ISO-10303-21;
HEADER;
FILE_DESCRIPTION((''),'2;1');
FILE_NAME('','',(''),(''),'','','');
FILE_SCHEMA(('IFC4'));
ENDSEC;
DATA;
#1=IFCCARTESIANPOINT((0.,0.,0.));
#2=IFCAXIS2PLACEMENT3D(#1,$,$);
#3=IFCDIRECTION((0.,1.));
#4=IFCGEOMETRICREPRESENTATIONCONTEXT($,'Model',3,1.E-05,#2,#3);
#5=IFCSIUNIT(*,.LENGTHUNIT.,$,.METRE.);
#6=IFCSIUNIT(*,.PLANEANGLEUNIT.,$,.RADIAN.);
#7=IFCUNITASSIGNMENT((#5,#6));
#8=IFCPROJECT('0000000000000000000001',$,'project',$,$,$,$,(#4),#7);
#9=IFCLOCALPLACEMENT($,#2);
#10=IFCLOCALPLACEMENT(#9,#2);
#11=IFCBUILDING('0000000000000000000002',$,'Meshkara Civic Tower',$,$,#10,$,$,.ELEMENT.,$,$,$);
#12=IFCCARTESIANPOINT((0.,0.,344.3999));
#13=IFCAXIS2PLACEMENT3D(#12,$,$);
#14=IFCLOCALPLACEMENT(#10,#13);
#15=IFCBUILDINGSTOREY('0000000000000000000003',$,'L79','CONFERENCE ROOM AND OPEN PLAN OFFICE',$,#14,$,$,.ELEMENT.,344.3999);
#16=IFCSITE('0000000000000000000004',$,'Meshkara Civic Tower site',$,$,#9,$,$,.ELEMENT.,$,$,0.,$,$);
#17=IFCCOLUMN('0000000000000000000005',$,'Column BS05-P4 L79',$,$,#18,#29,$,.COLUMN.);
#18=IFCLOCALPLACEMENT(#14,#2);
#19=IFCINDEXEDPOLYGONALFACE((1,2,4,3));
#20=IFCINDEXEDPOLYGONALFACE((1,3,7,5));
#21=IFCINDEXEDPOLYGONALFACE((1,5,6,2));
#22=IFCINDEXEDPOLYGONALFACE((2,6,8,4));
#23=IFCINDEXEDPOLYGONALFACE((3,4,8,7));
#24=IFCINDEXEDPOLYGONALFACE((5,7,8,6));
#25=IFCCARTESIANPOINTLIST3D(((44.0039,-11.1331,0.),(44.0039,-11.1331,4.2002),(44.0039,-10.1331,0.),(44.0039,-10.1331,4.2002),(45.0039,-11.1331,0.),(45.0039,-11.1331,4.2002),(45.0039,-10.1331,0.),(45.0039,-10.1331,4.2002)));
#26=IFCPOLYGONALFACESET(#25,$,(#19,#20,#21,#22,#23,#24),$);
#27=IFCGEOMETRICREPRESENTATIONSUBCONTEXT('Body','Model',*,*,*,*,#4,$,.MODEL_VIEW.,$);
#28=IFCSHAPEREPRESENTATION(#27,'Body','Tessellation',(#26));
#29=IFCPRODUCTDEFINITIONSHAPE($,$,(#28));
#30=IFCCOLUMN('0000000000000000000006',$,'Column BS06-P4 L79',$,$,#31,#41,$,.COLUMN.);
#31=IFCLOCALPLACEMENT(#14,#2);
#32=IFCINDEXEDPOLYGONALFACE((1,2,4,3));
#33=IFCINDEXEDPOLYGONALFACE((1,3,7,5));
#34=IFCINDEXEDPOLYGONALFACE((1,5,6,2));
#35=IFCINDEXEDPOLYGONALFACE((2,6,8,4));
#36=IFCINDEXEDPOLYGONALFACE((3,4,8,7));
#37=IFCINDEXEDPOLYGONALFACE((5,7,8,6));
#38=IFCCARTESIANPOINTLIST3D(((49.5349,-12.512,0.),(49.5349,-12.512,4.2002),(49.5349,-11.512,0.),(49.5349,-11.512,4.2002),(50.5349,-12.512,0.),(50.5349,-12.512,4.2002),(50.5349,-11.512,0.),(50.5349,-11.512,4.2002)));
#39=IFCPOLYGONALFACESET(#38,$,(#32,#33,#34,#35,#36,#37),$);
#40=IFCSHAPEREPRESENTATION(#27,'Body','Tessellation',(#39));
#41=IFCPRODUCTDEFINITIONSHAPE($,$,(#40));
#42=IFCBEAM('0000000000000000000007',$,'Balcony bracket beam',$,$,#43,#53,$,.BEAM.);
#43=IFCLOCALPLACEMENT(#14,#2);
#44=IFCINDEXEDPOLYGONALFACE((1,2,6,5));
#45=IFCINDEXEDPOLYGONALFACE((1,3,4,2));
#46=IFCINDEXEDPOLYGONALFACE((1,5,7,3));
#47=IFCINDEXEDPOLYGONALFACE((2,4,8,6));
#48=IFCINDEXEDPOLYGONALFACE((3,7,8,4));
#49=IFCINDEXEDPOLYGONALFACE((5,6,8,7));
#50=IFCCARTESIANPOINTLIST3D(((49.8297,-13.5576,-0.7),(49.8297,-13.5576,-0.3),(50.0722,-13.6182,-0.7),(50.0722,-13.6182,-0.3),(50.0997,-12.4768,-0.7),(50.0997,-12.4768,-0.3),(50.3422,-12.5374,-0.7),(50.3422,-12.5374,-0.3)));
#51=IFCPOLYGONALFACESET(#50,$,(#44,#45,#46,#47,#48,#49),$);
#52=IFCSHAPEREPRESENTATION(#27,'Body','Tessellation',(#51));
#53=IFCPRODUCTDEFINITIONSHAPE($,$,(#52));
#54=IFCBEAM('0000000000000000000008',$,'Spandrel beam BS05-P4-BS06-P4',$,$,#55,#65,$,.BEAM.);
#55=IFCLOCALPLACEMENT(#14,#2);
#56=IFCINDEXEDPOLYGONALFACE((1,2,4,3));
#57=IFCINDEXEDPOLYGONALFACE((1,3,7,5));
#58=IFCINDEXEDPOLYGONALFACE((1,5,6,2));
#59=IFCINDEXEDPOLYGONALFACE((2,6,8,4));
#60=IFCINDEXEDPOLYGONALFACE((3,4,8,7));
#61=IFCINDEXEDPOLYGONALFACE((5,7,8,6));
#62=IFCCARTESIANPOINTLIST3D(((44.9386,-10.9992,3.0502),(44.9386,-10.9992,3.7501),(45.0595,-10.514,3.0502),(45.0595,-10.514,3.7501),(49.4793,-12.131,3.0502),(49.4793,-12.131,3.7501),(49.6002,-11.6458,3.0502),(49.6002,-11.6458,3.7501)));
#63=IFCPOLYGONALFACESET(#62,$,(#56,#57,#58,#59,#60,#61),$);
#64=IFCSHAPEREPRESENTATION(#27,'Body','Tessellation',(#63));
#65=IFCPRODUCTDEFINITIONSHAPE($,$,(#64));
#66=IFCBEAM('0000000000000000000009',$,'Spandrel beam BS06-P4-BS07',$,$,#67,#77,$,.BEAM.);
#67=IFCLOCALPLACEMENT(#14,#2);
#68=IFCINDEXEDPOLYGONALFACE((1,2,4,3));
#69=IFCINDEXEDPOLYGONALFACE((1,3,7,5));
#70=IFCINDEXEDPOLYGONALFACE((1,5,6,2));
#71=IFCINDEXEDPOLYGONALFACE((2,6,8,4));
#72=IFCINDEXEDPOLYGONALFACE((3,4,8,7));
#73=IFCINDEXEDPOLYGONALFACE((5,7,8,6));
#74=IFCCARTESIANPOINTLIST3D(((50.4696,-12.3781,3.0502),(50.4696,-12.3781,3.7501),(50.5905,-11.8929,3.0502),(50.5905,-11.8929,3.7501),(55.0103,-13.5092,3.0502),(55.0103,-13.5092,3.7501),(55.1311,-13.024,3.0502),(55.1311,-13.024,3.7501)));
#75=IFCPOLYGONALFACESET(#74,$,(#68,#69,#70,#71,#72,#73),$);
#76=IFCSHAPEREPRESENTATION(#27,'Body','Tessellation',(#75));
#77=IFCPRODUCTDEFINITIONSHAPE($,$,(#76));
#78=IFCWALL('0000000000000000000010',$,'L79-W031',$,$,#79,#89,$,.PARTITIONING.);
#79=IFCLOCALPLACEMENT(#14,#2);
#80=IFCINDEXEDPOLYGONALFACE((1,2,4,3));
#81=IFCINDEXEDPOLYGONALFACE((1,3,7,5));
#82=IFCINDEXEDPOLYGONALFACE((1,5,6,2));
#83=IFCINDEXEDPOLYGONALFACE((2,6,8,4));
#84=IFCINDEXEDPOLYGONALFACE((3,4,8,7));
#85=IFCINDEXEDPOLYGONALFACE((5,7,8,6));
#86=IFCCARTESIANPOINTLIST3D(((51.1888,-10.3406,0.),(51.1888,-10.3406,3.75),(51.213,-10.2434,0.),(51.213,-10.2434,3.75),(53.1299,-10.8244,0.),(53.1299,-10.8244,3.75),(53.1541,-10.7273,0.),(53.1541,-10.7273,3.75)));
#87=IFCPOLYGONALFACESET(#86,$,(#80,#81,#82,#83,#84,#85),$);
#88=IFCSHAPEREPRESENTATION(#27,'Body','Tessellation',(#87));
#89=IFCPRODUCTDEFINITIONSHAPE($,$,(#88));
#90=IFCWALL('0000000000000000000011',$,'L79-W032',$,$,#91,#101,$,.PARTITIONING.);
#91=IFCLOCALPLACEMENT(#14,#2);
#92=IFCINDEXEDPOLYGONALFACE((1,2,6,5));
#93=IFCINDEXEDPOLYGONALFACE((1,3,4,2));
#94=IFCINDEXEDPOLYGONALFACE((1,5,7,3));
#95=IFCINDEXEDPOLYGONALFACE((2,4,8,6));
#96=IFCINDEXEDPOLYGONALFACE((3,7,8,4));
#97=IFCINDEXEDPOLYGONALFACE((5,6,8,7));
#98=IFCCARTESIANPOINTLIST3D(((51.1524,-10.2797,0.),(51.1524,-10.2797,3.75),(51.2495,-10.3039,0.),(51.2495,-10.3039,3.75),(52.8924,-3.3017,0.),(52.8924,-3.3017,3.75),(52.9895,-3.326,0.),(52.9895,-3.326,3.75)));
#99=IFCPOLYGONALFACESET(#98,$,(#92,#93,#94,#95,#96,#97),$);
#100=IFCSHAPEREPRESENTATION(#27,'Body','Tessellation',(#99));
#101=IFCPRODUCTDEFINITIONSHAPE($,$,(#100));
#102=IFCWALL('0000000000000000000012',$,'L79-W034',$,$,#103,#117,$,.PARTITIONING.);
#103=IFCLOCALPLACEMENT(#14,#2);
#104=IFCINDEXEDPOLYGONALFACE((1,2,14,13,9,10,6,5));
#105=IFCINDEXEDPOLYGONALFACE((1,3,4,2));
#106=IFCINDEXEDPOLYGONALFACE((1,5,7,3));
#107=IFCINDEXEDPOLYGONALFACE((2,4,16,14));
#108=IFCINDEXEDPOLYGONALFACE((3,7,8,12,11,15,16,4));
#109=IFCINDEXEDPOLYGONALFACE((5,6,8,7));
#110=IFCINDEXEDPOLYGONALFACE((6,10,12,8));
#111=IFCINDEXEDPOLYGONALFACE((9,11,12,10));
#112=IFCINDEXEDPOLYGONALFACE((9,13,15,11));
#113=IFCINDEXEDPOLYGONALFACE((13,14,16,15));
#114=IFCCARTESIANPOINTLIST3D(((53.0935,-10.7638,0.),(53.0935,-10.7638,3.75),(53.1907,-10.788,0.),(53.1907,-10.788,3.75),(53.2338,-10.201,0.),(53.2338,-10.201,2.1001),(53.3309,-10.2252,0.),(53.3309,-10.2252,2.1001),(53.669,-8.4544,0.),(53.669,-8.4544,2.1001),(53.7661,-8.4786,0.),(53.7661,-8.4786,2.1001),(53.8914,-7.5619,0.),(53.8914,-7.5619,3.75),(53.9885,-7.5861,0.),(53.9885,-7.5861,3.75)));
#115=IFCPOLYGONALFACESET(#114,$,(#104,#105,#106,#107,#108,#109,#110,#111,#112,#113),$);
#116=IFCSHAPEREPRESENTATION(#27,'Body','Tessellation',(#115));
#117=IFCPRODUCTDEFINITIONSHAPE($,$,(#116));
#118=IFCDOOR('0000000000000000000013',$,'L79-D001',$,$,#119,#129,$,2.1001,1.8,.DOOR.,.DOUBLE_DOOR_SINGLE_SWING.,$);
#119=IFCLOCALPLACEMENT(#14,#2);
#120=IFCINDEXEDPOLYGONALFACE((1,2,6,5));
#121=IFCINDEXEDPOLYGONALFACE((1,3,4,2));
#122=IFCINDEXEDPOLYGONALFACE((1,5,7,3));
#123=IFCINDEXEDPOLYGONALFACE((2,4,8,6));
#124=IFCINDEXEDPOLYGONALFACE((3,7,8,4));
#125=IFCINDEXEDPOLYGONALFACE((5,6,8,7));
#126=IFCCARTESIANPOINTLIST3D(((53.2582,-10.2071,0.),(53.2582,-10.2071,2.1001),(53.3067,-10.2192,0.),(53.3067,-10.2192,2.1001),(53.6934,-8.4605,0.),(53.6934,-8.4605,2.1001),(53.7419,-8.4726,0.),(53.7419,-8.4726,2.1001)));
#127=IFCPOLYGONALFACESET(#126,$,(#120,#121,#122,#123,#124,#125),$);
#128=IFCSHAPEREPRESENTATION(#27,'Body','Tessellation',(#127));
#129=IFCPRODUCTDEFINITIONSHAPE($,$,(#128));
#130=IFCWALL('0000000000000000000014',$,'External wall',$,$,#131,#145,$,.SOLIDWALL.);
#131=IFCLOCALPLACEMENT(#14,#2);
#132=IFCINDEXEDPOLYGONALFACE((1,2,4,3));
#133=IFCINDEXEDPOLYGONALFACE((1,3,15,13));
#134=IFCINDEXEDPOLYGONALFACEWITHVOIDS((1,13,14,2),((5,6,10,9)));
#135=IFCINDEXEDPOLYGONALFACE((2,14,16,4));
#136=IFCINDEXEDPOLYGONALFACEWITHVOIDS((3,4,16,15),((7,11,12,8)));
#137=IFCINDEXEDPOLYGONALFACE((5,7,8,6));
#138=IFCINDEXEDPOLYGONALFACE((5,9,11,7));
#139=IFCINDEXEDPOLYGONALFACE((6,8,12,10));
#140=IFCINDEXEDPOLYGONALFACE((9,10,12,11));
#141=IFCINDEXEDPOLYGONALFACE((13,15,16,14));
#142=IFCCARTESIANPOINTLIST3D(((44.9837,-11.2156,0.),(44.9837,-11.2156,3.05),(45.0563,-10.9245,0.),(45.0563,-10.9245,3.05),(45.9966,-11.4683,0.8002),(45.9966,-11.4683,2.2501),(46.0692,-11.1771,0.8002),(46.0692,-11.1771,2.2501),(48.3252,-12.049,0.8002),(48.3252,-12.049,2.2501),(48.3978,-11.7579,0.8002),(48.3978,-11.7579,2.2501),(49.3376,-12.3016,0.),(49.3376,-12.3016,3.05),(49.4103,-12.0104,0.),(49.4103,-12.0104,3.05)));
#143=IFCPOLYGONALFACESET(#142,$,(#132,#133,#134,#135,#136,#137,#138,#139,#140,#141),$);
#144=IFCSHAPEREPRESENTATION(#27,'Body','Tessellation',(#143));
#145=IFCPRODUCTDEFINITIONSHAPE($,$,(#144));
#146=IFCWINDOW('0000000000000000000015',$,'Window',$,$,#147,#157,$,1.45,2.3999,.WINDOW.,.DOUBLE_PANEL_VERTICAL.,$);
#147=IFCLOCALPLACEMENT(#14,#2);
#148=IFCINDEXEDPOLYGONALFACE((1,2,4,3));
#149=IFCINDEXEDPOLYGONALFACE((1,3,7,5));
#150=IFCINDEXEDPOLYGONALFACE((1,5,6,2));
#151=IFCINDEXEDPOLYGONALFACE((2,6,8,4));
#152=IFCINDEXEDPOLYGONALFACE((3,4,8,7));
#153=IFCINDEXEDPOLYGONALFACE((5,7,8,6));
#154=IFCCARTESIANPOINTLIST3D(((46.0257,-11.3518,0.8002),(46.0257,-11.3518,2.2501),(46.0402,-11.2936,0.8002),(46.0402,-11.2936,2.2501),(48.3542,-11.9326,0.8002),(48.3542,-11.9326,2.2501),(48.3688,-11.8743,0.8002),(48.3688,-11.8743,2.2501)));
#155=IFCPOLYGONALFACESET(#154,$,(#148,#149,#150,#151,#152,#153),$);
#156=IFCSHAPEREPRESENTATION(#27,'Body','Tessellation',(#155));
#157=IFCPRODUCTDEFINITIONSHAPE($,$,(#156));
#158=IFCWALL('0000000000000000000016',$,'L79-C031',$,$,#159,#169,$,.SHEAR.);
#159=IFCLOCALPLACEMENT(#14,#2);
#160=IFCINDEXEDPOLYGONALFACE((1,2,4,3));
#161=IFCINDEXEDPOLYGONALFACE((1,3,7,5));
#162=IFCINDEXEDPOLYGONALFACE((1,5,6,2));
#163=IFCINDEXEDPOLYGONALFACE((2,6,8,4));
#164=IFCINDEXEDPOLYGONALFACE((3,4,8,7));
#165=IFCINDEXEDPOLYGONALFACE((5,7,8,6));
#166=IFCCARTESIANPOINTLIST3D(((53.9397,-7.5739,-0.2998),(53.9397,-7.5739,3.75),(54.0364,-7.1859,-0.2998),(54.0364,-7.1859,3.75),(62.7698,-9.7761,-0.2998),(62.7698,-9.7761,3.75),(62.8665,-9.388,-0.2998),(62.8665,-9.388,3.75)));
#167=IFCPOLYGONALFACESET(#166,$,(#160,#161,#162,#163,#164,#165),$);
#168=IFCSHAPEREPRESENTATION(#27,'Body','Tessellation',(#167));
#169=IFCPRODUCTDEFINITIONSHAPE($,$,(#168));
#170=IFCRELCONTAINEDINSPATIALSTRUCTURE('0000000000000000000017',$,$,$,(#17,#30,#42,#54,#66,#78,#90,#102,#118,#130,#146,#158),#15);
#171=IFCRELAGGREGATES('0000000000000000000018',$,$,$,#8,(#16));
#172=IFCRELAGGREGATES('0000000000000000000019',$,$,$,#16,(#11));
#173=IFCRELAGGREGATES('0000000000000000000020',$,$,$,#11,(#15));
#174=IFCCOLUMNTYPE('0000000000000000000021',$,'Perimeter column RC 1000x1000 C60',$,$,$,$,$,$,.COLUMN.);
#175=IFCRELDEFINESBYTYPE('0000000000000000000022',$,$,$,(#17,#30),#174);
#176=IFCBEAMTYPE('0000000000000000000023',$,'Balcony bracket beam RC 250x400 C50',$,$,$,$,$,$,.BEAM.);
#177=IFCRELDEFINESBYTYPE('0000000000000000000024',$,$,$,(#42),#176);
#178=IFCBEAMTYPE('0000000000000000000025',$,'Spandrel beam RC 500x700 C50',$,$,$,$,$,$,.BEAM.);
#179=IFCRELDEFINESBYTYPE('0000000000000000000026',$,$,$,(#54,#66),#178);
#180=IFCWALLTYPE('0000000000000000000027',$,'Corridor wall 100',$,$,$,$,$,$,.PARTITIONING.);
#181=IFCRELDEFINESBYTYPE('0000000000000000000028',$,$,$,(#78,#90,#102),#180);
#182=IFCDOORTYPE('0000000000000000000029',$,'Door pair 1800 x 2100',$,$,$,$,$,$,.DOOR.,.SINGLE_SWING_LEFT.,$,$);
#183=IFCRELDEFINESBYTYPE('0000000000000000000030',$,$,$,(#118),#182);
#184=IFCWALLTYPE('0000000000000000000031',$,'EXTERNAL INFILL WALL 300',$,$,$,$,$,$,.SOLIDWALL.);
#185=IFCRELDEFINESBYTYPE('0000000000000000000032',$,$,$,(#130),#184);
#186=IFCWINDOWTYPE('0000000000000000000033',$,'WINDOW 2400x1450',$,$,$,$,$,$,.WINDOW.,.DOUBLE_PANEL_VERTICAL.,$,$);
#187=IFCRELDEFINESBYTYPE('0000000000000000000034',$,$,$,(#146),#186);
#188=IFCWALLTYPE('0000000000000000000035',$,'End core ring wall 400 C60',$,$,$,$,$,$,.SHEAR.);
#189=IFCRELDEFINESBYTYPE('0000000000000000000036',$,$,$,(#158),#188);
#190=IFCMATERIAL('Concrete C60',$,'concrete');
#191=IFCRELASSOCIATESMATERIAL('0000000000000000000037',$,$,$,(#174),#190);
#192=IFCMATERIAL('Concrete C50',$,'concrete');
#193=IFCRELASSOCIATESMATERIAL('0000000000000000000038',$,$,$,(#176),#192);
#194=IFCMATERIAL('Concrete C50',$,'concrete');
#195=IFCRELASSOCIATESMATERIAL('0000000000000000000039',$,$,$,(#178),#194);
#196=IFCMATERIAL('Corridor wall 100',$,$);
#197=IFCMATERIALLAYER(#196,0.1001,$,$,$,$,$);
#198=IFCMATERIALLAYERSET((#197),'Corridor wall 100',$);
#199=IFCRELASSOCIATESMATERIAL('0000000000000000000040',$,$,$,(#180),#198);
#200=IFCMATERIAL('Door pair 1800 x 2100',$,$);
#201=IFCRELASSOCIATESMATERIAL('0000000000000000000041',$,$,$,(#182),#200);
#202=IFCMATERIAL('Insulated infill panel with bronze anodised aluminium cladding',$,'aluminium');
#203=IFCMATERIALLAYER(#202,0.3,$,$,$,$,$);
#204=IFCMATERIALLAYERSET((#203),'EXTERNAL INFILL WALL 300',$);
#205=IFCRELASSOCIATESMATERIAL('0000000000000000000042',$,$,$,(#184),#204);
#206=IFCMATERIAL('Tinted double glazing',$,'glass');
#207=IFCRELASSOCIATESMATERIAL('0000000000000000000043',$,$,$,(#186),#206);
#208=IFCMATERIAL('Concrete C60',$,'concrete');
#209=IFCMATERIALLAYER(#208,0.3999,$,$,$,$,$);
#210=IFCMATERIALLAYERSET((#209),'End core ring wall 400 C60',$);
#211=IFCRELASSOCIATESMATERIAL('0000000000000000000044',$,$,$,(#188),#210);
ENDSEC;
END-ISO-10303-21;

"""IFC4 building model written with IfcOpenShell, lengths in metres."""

from ifc_helpers import new_model, si_unit, direction, frame, frame_2d, origin, origin_2d, place, context, subcontext, project, spatial, rectangle, extrude, material, layer, layer_set, material_profile, profile_set, type_object, element, fill, save


model = new_model("IFC4")

# Units and contexts
model_context = context("Model", 3, precision=1e-05, world=origin(), true_north=direction((0.0, 1.0)))
body_context = subcontext(model_context, "Body", "Model", "MODEL_VIEW")
ifc_project = project(units=[si_unit("LENGTHUNIT", "METRE"), si_unit("PLANEANGLEUNIT", "RADIAN")], contexts=[model_context])

# Site, building, storey
site_placement = place(None, origin())
site = spatial("IfcSite", under=ifc_project, at=site_placement, Name="Meshkara Civic Tower site", CompositionType="ELEMENT", RefElevation=0.0)
building_placement = place(site_placement, origin())
building = spatial("IfcBuilding", under=site, at=building_placement, Name="Meshkara Civic Tower", CompositionType="ELEMENT")
storey_placement = place(building_placement, frame((0.0, 0.0, 344.3999)))
storey = spatial("IfcBuildingStorey", under=building, at=storey_placement, Name="L79", Description="CONFERENCE ROOM AND OPEN PLAN OFFICE", CompositionType="ELEMENT", Elevation=344.3999)

# Columns
ifc_material_1 = material(Name="Concrete C60", Category="concrete")
ifc_material_profile_1 = material_profile(ifc_material_1, rectangle(XDim=1.0, YDim=1.0, at=origin_2d()))
ifc_profile_set_1 = profile_set([ifc_material_profile_1], Name="Concrete C60")
column_type = type_object("IfcColumnType", Name="Perimeter column RC 1000x1000 C60", PredefinedType="COLUMN", material=ifc_profile_set_1)
for number, where, z_axis, x_axis, name in (
    (1, (44.5039, -10.6331, 0.0), (0.0, 0.0, 1.0), (1.0, 0.0, 0.0), "Column BS05-P4 L79"),
    (2, (50.0349, -12.012, 0.0), (0.0, 0.0, 1.0), (1.0, 0.0, 0.0), "Column BS06-P4 L79"),
):
    element("IfcColumn", number, at=place(storey_placement, frame(where, z_axis=z_axis, x_axis=x_axis)), inside=storey, type_object=column_type, Name=name, PredefinedType="COLUMN", context=body_context, shape_type="SweptSolid", body=[
        extrude(rectangle(XDim=1.0, YDim=1.0, at=origin_2d()), origin(), (0.0, 0.0, 1.0), 4.2002),
    ])

# Beams
ifc_material_2 = material(Name="Concrete C50", Category="concrete")
ifc_material_profile_2 = material_profile(ifc_material_2, rectangle(XDim=0.25, YDim=0.3999, at=origin_2d()))
ifc_profile_set_2 = profile_set([ifc_material_profile_2], Name="Concrete C50")
beam_type_1 = type_object("IfcBeamType", Name="Balcony bracket beam RC 250x400 C50", PredefinedType="BEAM", material=ifc_profile_set_2)
beam_1_placement = place(storey_placement, frame((50.2209, -12.5071, -0.5), z_axis=(-0.242381, -0.970181, 0.0), x_axis=(0.970181, -0.242381, 0.0)))
element("IfcBeam", 3, at=beam_1_placement, inside=storey, type_object=beam_type_1, Name="Balcony bracket beam", PredefinedType="BEAM", context=body_context, shape_type="SweptSolid", body=[
    extrude(rectangle(XDim=0.25, YDim=0.3999, at=origin_2d()), origin(), (0.0, 0.0, 1.0), 1.114),
])
ifc_material_3 = material(Name="Concrete C50", Category="concrete")
ifc_material_profile_3 = material_profile(ifc_material_3, rectangle(XDim=0.5, YDim=0.7, at=origin_2d()))
ifc_profile_set_3 = profile_set([ifc_material_profile_3], Name="Concrete C50")
beam_type_2 = type_object("IfcBeamType", Name="Spandrel beam RC 500x700 C50", PredefinedType="BEAM", material=ifc_profile_set_3)
beam_2_placement = place(storey_placement, frame((44.999, -10.7566, 3.4001), z_axis=(0.970311, -0.24186, 0.0), x_axis=(0.24186, 0.970311, 0.0)))
element("IfcBeam", 4, at=beam_2_placement, inside=storey, type_object=beam_type_2, Name="Spandrel beam BS05-P4-BS06-P4", PredefinedType="BEAM", context=body_context, shape_type="SweptSolid", body=[
    extrude(rectangle(XDim=0.5, YDim=0.7, at=origin_2d()), origin(), (0.0, 0.0, 1.0), 4.6797),
])
beam_3_placement = place(storey_placement, frame((50.53, -12.1355, 3.4001), z_axis=(0.970348, -0.241713, 0.0), x_axis=(0.241713, 0.970348, 0.0)))
element("IfcBeam", 5, at=beam_3_placement, inside=storey, type_object=beam_type_2, Name="Spandrel beam BS06-P4-BS07", PredefinedType="BEAM", context=body_context, shape_type="SweptSolid", body=[
    extrude(rectangle(XDim=0.5, YDim=0.7, at=origin_2d()), origin(), (0.0, 0.0, 1.0), 4.6794),
])

# Walls
ifc_material_4 = material(Name="Corridor wall 100")
ifc_layer_1 = layer(ifc_material_4, 0.1001)
ifc_layer_set_1 = layer_set([ifc_layer_1], Name="Corridor wall 100")
wall_type_1 = type_object("IfcWallType", Name="Corridor wall 100", PredefinedType="PARTITIONING", material=ifc_layer_set_1)
wall_1_placement = place(storey_placement, frame((51.2009, -10.292, 0.0), z_axis=(0.0, 0.0, 1.0), x_axis=(0.970307, -0.241875, 0.0)))
element("IfcWall", 6, at=wall_1_placement, inside=storey, type_object=wall_type_1, Name="L79-W031", PredefinedType="PARTITIONING", context=body_context, shape_type="SweptSolid", body=[
    extrude(rectangle(XDim=2.0005, YDim=0.1001, at=frame_2d((1.0002, 0.0))), origin(), (0.0, 0.0, 1.0), 3.75),
])
wall_2_placement = place(storey_placement, frame((52.9409, -3.314, 0.0), z_axis=(0.0, 0.0, 1.0), x_axis=(-0.241944, -0.97029, 0.0)))
element("IfcWall", 7, at=wall_2_placement, inside=storey, type_object=wall_type_1, Name="L79-W032", PredefinedType="PARTITIONING", context=body_context, shape_type="SweptSolid", body=[
    extrude(rectangle(XDim=7.1917, YDim=0.1001, at=frame_2d((3.5957, 0.0))), origin(), (0.0, 0.0, 1.0), 3.75),
])

# Wall, opening, door
wall_3_placement = place(storey_placement, frame((53.1421, -10.7759, 0.0), z_axis=(0.0, 0.0, 1.0), x_axis=(0.241787, 0.970329, 0.0)))
wall_3 = element("IfcWall", 8, at=wall_3_placement, inside=storey, type_object=wall_type_1, Name="L79-W034", PredefinedType="PARTITIONING", context=body_context, shape_type="SweptSolid", body=[
    extrude(rectangle(XDim=3.2998, YDim=0.1001, at=frame_2d((1.6499, 0.0))), origin(), (0.0, 0.0, 1.0), 3.75),
])
opening_1_placement = place(wall_3_placement, frame((0.5801, 0.0, 0.0)))
opening_1 = element("IfcOpeningElement", 9, at=opening_1_placement, cuts=wall_3, PredefinedType="OPENING", context=body_context, shape_type="SweptSolid", body=[
    extrude(rectangle(XDim=1.8, YDim=2.1001, at=frame_2d((0.8999, 1.05))), frame((0.0, 0.0601, 0.0), z_axis=(0.0, -1.0, 0.0), x_axis=(1.0, 0.0, 0.0)), (0.0, 0.0, 1.0), 0.1201),
])
ifc_material_5 = material(Name="Door pair 1800 x 2100")
door_type_1 = type_object("IfcDoorType", Name="Door pair 1800 x 2100", OperationType="SINGLE_SWING_LEFT", PredefinedType="DOOR", material=ifc_material_5)
door_1_placement = place(opening_1_placement, origin())
door_1 = element("IfcDoor", 10, at=door_1_placement, inside=storey, type_object=door_type_1, Name="L79-D001", OperationType="DOUBLE_DOOR_SINGLE_SWING", OverallHeight=2.1001, OverallWidth=1.8, PredefinedType="DOOR", context=body_context, shape_type="SweptSolid", body=[
    extrude(rectangle(XDim=1.8, YDim=2.1001, at=frame_2d((0.8999, 1.05))), frame((0.0, 0.0249, 0.0), z_axis=(0.0, -1.0, 0.0), x_axis=(1.0, 0.0, 0.0)), (0.0, 0.0, 1.0), 0.05),
])
fill(opening_1, door_1)

# Wall, opening, window
ifc_material_6 = material(Name="Insulated infill panel with bronze anodised aluminium cladding", Category="aluminium")
ifc_layer_2 = layer(ifc_material_6, 0.3)
ifc_layer_set_2 = layer_set([ifc_layer_2], Name="EXTERNAL INFILL WALL 300")
wall_type_2 = type_object("IfcWallType", Name="EXTERNAL INFILL WALL 300", PredefinedType="SOLIDWALL", material=ifc_layer_set_2)
wall_4_placement = place(storey_placement, frame((45.02, -11.0701, 0.0), z_axis=(0.0, 0.0, 1.0), x_axis=(0.970277, -0.241998, 0.0)))
wall_4 = element("IfcWall", 11, at=wall_4_placement, inside=storey, type_object=wall_type_2, Name="External wall", PredefinedType="SOLIDWALL", context=body_context, shape_type="SweptSolid", body=[
    extrude(rectangle(XDim=4.4873, YDim=0.3, at=frame_2d((2.2437, 0.0))), origin(), (0.0, 0.0, 1.0), 3.05),
])
opening_2_placement = place(wall_4_placement, frame((1.0439, 0.0, 0.8)))
opening_2 = element("IfcOpeningElement", 12, at=opening_2_placement, cuts=wall_4, PredefinedType="OPENING", context=body_context, shape_type="SweptSolid", body=[
    extrude(rectangle(XDim=2.3999, YDim=1.45, at=frame_2d((1.2, 0.7251))), frame((0.0, 0.1599, 0.0), z_axis=(0.0, -1.0, 0.0), x_axis=(1.0, 0.0, 0.0)), (0.0, 0.0, 1.0), 0.3201),
])
ifc_material_7 = material(Name="Tinted double glazing", Category="glass")
window_type = type_object("IfcWindowType", Name="WINDOW 2400x1450", PartitioningType="DOUBLE_PANEL_VERTICAL", PredefinedType="WINDOW", material=ifc_material_7)
window_placement = place(opening_2_placement, origin())
window = element("IfcWindow", 13, at=window_placement, inside=storey, type_object=window_type, Name="Window", OverallHeight=1.45, OverallWidth=2.3999, PartitioningType="DOUBLE_PANEL_VERTICAL", PredefinedType="WINDOW", context=body_context, shape_type="SweptSolid", body=[
    extrude(rectangle(XDim=2.3999, YDim=1.45, at=frame_2d((1.2, 0.7251))), frame((0.0, 0.03, 0.0), z_axis=(0.0, -1.0, 0.0), x_axis=(1.0, 0.0, 0.0)), (0.0, 0.0, 1.0), 0.0601),
])
fill(opening_2, window)

# Wall
ifc_material_8 = material(Name="Concrete C60", Category="concrete")
ifc_layer_3 = layer(ifc_material_8, 0.3999)
ifc_layer_set_3 = layer_set([ifc_layer_3], Name="End core ring wall 400 C60")
wall_type_3 = type_object("IfcWallType", Name="End core ring wall 400 C60", PredefinedType="SHEAR", material=ifc_layer_set_3)
wall_5_placement = place(storey_placement, frame((53.988, -7.3799, -0.2998), z_axis=(0.0, 0.0, 1.0), x_axis=(0.970281, -0.24198, 0.0)))
element("IfcWall", 14, at=wall_5_placement, inside=storey, type_object=wall_type_3, Name="L79-C031", PredefinedType="SHEAR", context=body_context, shape_type="SweptSolid", body=[
    extrude(rectangle(XDim=9.1006, YDim=0.3999, at=frame_2d((4.5503, 0.0))), origin(), (0.0, 0.0, 1.0), 4.0498),
])

save(model, "model.ifc")
